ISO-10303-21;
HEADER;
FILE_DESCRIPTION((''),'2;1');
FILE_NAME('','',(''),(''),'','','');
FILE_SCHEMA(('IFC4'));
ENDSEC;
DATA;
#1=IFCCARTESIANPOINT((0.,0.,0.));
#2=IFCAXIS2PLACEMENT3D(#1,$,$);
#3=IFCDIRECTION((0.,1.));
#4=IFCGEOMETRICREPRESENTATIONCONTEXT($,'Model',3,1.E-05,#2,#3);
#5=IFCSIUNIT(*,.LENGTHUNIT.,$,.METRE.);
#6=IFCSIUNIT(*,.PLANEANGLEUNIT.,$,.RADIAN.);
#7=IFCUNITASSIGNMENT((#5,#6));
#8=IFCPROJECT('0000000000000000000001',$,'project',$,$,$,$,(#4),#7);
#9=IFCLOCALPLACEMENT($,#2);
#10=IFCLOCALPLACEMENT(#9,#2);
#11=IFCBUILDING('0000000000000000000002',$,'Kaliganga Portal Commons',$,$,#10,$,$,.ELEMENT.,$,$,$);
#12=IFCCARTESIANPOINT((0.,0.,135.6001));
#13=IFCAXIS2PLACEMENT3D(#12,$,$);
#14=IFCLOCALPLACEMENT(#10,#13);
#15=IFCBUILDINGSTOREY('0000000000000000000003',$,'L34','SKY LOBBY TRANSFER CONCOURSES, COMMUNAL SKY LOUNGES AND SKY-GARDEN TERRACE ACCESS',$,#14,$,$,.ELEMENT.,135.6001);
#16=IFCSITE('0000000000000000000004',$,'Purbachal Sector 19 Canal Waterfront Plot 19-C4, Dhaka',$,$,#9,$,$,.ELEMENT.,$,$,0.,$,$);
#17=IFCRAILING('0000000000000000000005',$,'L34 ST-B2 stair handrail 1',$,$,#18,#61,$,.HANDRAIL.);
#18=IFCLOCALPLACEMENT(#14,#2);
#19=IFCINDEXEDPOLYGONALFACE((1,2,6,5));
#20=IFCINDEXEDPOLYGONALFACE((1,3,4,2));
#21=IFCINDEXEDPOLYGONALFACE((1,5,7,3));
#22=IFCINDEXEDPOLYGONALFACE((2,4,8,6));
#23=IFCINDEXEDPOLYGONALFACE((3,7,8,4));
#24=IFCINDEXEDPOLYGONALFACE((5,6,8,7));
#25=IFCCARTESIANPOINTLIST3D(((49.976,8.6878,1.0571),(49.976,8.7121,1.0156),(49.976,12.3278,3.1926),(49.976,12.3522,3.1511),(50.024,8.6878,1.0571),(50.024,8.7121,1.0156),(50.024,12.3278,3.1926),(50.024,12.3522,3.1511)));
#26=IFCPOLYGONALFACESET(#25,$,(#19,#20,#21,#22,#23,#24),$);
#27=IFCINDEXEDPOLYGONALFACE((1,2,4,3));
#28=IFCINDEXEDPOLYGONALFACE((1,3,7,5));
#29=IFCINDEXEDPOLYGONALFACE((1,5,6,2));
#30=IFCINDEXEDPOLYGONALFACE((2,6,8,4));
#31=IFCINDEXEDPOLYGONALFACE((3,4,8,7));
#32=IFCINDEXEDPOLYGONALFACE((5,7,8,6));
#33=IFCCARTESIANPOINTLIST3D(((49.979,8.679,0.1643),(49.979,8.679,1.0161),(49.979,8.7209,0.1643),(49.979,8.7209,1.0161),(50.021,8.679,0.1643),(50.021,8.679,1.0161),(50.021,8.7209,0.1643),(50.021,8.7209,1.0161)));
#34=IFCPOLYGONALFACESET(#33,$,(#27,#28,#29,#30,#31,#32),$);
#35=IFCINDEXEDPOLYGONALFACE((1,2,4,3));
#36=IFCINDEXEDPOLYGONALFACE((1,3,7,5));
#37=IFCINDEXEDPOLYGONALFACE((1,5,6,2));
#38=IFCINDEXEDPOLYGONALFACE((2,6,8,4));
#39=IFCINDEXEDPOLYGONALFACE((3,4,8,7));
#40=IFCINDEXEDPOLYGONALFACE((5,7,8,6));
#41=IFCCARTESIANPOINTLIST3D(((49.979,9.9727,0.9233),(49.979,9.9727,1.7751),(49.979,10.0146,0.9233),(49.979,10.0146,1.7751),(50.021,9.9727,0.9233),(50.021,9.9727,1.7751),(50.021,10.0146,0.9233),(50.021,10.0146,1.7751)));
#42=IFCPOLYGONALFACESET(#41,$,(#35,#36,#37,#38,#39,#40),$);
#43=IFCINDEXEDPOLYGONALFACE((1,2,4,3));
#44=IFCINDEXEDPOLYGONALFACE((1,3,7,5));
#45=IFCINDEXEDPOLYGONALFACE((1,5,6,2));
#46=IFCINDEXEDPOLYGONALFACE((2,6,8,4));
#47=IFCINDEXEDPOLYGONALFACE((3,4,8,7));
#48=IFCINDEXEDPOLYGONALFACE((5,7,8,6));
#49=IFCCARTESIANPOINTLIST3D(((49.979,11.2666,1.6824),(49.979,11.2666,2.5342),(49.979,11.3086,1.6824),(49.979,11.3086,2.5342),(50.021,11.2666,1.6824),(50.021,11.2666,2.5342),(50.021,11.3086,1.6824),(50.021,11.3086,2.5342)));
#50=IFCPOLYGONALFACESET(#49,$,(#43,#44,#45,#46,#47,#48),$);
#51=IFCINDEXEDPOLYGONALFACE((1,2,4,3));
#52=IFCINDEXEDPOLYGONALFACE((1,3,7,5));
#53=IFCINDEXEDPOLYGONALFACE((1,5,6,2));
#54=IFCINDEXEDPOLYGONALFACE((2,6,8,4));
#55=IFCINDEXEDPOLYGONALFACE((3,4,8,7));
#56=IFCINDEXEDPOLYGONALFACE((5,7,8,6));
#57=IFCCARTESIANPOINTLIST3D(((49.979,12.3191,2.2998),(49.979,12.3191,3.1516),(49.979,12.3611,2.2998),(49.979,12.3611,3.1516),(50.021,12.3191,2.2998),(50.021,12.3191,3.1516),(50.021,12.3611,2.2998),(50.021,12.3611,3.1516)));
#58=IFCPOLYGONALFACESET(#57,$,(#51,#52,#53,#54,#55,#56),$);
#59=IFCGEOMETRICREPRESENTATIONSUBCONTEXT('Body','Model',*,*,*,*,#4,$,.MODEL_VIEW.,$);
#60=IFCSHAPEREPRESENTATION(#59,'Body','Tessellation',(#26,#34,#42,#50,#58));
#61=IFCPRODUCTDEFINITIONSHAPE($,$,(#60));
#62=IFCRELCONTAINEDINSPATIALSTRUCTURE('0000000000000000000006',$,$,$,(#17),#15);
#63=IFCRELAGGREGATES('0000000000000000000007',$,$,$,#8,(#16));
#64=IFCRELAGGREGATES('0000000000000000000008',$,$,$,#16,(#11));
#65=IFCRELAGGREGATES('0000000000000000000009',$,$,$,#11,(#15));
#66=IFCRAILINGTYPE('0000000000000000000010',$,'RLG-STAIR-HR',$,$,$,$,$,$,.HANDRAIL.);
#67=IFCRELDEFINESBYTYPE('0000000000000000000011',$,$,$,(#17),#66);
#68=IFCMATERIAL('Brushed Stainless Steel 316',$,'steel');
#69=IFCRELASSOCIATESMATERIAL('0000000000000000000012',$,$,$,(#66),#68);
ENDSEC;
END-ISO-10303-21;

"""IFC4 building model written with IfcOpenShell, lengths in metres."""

from ifc_helpers import new_model, si_unit, direction, frame, origin, origin_2d, place, context, subcontext, project, spatial, rectangle, extrude, material, type_object, element, save


model = new_model("IFC4")

# Units and contexts
model_context = context("Model", 3, precision=1e-05, world=origin(), true_north=direction((0.0, 1.0)))
body_context = subcontext(model_context, "Body", "Model", "MODEL_VIEW")
ifc_project = project(units=[si_unit("LENGTHUNIT", "METRE"), si_unit("PLANEANGLEUNIT", "RADIAN")], contexts=[model_context])

# Site, building, storey
site_placement = place(None, origin())
site = spatial("IfcSite", under=ifc_project, at=site_placement, Name="Purbachal Sector 19 Canal Waterfront Plot 19-C4, Dhaka", CompositionType="ELEMENT", RefElevation=0.0)
building_placement = place(site_placement, origin())
building = spatial("IfcBuilding", under=site, at=building_placement, Name="Kaliganga Portal Commons", CompositionType="ELEMENT")
storey_placement = place(building_placement, frame((0.0, 0.0, 135.6001)))
storey = spatial("IfcBuildingStorey", under=building, at=storey_placement, Name="L34", Description="SKY LOBBY TRANSFER CONCOURSES, COMMUNAL SKY LOUNGES AND SKY-GARDEN TERRACE ACCESS", CompositionType="ELEMENT", Elevation=135.6001)

# Railing
ifc_material_1 = material(Name="Brushed Stainless Steel 316", Category="steel")
railing_type_1 = type_object("IfcRailingType", Name="RLG-STAIR-HR", PredefinedType="HANDRAIL", material=ifc_material_1)
railing_1_placement = place(storey_placement, frame((50.0, 8.7, 0.1643)))
element("IfcRailing", 1, at=railing_1_placement, inside=storey, type_object=railing_type_1, Name="L34 ST-B2 stair handrail 1", PredefinedType="HANDRAIL", context=body_context, shape_type="SweptSolid", body=[
    extrude(rectangle(XDim=0.0481, YDim=0.0481, at=origin_2d()), frame((0.0, 0.0, 0.8721), z_axis=(0.0, 0.86253, 0.506006), x_axis=(-1.0, 0.0, 0.0)), (0.0, 0.0, 1.0), 4.2202),
    extrude(rectangle(XDim=0.042, YDim=0.042, at=origin_2d()), origin(), (0.0, 0.0, 1.0), 0.8518),
    extrude(rectangle(XDim=0.042, YDim=0.042, at=origin_2d()), frame((0.0, 1.2937, 0.759)), (0.0, 0.0, 1.0), 0.8518),
    extrude(rectangle(XDim=0.042, YDim=0.042, at=origin_2d()), frame((0.0, 2.5876, 1.5181)), (0.0, 0.0, 1.0), 0.8518),
    extrude(rectangle(XDim=0.042, YDim=0.042, at=origin_2d()), frame((0.0, 3.6401, 2.1355)), (0.0, 0.0, 1.0), 0.8518),
])

save(model, "model.ifc")
